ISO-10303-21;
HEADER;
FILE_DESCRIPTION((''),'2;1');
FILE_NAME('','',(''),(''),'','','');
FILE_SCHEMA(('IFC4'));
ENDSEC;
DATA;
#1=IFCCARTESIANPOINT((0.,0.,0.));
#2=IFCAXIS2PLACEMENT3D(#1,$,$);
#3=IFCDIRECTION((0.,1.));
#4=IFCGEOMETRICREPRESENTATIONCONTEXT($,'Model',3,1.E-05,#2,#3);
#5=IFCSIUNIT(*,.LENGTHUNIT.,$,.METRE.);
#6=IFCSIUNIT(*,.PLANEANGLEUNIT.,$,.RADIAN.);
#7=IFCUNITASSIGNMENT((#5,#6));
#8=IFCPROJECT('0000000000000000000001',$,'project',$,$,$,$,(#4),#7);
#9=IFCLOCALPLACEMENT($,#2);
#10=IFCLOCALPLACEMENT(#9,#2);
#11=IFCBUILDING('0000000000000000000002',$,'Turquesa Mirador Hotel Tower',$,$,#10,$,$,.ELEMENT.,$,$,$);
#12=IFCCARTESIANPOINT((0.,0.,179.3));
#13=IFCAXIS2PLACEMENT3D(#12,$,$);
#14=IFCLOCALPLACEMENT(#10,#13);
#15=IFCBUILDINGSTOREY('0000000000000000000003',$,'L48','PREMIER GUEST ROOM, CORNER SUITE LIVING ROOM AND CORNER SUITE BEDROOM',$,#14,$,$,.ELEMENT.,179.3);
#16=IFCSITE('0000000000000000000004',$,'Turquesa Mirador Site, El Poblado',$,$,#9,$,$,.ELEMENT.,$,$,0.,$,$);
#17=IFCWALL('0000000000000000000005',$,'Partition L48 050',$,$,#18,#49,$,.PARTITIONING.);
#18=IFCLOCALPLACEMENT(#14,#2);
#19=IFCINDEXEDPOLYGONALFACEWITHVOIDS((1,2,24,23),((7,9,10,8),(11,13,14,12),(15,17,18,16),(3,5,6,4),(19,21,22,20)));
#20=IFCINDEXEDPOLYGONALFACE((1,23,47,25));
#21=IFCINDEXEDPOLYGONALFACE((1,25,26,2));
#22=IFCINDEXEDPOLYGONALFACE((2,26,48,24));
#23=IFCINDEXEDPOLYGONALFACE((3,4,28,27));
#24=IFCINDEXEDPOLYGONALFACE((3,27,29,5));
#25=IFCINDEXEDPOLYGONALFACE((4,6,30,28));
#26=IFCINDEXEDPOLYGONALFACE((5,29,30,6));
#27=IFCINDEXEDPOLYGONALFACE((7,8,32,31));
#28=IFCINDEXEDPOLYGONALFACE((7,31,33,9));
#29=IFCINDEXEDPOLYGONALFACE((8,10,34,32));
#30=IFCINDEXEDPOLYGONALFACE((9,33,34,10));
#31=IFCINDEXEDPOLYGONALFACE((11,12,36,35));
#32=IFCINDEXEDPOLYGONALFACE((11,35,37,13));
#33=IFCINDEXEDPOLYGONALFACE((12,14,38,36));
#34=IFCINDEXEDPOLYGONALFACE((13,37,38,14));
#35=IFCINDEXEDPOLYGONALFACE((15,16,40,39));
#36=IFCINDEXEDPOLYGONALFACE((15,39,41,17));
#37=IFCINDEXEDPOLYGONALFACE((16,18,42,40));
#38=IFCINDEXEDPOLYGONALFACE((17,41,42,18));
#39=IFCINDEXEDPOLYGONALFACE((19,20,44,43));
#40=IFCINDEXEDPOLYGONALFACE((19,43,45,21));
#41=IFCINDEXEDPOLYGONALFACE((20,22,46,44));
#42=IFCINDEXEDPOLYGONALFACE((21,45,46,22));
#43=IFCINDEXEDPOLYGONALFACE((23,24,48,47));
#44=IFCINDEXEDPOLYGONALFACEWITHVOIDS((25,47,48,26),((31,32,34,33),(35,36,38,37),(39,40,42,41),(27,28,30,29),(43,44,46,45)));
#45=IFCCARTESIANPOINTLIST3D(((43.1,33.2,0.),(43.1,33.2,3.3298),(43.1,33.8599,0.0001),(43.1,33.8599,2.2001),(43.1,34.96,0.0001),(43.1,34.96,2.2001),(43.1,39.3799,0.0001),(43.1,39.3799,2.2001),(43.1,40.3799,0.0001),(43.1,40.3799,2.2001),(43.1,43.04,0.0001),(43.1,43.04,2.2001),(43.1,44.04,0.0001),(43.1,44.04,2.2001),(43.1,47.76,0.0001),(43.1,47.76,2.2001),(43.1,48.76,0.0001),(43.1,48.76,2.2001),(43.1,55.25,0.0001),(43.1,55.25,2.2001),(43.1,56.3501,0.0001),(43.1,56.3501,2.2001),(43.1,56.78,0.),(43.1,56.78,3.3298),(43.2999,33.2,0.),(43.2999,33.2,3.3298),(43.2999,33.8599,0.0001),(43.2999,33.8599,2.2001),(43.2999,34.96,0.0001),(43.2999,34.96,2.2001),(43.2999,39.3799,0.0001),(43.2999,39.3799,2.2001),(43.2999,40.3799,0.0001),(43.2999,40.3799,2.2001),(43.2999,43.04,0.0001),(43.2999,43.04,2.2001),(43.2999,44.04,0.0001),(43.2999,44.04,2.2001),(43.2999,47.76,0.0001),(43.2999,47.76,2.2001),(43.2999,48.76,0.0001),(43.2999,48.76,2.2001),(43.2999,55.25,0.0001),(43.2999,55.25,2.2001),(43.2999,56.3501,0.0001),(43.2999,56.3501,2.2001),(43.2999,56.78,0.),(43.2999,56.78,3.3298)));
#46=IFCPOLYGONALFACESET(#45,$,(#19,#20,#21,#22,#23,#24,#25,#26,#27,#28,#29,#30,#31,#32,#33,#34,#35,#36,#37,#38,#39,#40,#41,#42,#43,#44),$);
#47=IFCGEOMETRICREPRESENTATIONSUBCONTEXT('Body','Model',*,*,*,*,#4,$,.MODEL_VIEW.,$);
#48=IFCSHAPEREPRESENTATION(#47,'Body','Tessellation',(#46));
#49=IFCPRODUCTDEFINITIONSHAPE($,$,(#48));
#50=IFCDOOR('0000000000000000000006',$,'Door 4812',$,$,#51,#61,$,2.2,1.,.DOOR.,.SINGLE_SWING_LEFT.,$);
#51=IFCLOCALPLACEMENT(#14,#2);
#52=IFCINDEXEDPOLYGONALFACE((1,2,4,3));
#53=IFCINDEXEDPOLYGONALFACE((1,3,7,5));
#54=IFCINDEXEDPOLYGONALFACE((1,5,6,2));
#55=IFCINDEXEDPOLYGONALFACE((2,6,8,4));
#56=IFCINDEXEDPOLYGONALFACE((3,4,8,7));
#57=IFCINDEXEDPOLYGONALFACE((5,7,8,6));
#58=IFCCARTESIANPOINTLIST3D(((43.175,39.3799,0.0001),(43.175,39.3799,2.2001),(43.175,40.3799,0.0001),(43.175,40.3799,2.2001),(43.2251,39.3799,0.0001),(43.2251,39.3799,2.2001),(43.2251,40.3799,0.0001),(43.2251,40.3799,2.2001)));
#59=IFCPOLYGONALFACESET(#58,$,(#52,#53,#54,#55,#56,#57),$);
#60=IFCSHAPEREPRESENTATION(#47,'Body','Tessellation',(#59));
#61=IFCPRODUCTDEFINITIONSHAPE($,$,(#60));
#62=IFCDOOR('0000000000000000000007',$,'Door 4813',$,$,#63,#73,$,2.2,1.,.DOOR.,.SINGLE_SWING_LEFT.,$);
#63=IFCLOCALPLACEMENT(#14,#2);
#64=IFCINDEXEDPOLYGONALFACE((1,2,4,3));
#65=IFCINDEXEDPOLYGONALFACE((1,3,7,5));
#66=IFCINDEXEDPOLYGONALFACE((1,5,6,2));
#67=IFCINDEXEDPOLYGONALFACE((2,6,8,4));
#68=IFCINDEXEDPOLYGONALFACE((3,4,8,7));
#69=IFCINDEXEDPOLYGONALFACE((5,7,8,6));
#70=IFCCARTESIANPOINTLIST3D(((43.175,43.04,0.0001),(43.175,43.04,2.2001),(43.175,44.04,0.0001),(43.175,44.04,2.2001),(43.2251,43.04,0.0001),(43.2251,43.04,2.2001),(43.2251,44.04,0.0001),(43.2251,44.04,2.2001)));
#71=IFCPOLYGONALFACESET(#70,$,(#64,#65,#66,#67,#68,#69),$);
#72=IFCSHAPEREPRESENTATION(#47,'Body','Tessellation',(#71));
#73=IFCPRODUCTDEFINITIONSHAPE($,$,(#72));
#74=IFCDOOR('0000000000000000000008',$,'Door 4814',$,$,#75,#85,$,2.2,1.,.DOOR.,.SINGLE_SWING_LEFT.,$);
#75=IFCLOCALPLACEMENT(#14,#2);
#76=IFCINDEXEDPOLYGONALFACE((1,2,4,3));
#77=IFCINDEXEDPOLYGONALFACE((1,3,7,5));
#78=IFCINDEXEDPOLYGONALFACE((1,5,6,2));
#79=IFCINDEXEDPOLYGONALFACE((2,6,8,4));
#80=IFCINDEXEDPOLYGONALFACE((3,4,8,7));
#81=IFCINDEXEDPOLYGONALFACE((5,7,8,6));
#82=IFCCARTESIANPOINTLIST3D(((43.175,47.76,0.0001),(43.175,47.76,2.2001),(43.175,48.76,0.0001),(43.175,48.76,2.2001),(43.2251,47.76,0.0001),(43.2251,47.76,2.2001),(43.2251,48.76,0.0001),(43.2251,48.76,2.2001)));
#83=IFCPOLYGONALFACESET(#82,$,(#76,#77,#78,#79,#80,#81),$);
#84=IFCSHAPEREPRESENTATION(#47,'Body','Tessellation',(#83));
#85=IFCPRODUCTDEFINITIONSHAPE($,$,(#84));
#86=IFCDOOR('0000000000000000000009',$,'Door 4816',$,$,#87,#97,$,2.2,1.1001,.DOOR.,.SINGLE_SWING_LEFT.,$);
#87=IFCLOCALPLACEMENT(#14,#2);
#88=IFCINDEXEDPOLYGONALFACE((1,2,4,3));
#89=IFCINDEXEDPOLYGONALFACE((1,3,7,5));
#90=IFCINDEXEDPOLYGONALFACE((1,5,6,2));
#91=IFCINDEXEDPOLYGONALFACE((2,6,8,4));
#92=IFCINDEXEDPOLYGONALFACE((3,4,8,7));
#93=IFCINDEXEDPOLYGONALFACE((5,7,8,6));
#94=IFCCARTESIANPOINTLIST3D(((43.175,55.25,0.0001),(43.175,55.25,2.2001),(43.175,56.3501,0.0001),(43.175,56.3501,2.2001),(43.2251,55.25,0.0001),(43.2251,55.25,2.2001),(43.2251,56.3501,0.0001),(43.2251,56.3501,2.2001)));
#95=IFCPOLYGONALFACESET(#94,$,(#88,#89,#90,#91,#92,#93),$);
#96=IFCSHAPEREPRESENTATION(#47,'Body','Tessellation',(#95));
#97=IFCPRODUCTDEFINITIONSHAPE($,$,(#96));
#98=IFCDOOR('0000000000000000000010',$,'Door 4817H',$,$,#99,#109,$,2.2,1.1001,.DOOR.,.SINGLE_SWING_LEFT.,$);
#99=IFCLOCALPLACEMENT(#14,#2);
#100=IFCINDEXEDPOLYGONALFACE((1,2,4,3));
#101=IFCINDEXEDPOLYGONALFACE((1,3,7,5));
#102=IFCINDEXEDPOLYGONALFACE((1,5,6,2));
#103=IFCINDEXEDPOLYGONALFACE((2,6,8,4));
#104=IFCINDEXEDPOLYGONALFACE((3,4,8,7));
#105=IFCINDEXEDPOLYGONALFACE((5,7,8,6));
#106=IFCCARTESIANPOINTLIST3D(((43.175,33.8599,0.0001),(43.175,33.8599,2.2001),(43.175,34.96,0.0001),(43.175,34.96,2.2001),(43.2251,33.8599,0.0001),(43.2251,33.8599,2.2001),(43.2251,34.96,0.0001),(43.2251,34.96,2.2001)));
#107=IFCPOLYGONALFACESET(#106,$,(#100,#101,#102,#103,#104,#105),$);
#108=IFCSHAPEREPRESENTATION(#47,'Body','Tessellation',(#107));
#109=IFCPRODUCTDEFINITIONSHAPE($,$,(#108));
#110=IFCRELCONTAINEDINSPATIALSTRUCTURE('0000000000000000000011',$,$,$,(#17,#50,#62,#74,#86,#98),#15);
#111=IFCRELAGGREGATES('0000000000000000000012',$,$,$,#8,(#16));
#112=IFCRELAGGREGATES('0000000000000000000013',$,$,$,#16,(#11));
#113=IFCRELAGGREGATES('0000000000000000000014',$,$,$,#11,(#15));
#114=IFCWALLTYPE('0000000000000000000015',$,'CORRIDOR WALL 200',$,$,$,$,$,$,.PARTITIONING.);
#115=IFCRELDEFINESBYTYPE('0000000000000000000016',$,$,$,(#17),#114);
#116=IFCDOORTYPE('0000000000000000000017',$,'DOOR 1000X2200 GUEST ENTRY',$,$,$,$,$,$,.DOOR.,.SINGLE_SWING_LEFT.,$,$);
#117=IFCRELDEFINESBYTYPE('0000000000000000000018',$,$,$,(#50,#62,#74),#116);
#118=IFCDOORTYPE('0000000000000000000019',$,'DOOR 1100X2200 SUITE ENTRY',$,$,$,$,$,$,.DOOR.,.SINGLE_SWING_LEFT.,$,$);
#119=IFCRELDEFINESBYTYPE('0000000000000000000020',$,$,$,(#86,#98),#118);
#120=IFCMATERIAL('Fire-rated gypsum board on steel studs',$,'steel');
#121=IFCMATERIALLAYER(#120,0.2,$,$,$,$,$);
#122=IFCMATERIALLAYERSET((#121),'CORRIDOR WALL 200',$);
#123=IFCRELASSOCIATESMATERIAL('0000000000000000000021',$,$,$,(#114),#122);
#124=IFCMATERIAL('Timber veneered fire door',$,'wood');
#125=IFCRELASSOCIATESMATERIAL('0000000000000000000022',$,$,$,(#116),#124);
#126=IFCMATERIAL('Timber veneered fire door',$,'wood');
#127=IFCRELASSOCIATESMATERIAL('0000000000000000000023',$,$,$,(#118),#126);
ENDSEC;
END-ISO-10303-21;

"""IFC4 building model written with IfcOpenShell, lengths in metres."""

from ifc_helpers import new_model, si_unit, direction, frame, frame_2d, origin, place, context, subcontext, project, spatial, rectangle, extrude, material, layer, layer_set, type_object, element, fill, save


model = new_model("IFC4")

# Units and contexts
model_context = context("Model", 3, precision=1e-05, world=origin(), true_north=direction((0.0, 1.0)))
body_context = subcontext(model_context, "Body", "Model", "MODEL_VIEW")
ifc_project = project(units=[si_unit("LENGTHUNIT", "METRE"), si_unit("PLANEANGLEUNIT", "RADIAN")], contexts=[model_context])

# Site, building, storey
site_placement = place(None, origin())
site = spatial("IfcSite", under=ifc_project, at=site_placement, Name="Turquesa Mirador Site, El Poblado", CompositionType="ELEMENT", RefElevation=0.0)
building_placement = place(site_placement, origin())
building = spatial("IfcBuilding", under=site, at=building_placement, Name="Turquesa Mirador Hotel Tower", CompositionType="ELEMENT")
storey_placement = place(building_placement, frame((0.0, 0.0, 179.3)))
storey = spatial("IfcBuildingStorey", under=building, at=storey_placement, Name="L48", Description="PREMIER GUEST ROOM, CORNER SUITE LIVING ROOM AND CORNER SUITE BEDROOM", CompositionType="ELEMENT", Elevation=179.3)

# Wall, openings, doors
ifc_material_1 = material(Name="Fire-rated gypsum board on steel studs", Category="steel")
ifc_layer_1 = layer(ifc_material_1, 0.2)
ifc_layer_set_1 = layer_set([ifc_layer_1], Name="CORRIDOR WALL 200")
wall_type_1 = type_object("IfcWallType", Name="CORRIDOR WALL 200", PredefinedType="PARTITIONING", material=ifc_layer_set_1)
ifc_material_2 = material(Name="Timber veneered fire door", Category="wood")
door_type_1 = type_object("IfcDoorType", Name="DOOR 1000X2200 GUEST ENTRY", OperationType="SINGLE_SWING_LEFT", PredefinedType="DOOR", material=ifc_material_2)
wall_1_placement = place(storey_placement, frame((43.2, 33.2, 0.0), z_axis=(0.0, 0.0, 1.0), x_axis=(0.0, 1.0, 0.0)))
wall_1 = element("IfcWall", 1, at=wall_1_placement, inside=storey, type_object=wall_type_1, Name="Partition L48 050", PredefinedType="PARTITIONING", context=body_context, shape_type="SweptSolid", body=[
    extrude(rectangle(XDim=23.5801, YDim=0.2, at=frame_2d((11.79, 0.0))), origin(), (0.0, 0.0, 1.0), 3.3298),
])
opening_1_placement = place(wall_1_placement, frame((6.1799, 0.0, 0.0)))
opening_1 = element("IfcOpeningElement", 2, at=opening_1_placement, cuts=wall_1, PredefinedType="OPENING", context=body_context, shape_type="SweptSolid", body=[
    extrude(rectangle(XDim=1.0, YDim=2.2, at=frame_2d((0.5, 1.1001))), frame((0.0, 0.1099, 0.0), z_axis=(0.0, -1.0, 0.0), x_axis=(1.0, 0.0, 0.0)), (0.0, 0.0, 1.0), 0.22),
])
opening_2_placement = place(wall_1_placement, frame((9.8401, 0.0, 0.0)))
opening_2 = element("IfcOpeningElement", 3, at=opening_2_placement, cuts=wall_1, PredefinedType="OPENING", context=body_context, shape_type="SweptSolid", body=[
    extrude(rectangle(XDim=1.0, YDim=2.2, at=frame_2d((0.5, 1.1001))), frame((0.0, 0.1099, 0.0), z_axis=(0.0, -1.0, 0.0), x_axis=(1.0, 0.0, 0.0)), (0.0, 0.0, 1.0), 0.22),
])
opening_3_placement = place(wall_1_placement, frame((14.5601, 0.0, 0.0)))
opening_3 = element("IfcOpeningElement", 4, at=opening_3_placement, cuts=wall_1, PredefinedType="OPENING", context=body_context, shape_type="SweptSolid", body=[
    extrude(rectangle(XDim=1.0, YDim=2.2, at=frame_2d((0.5, 1.1001))), frame((0.0, 0.1099, 0.0), z_axis=(0.0, -1.0, 0.0), x_axis=(1.0, 0.0, 0.0)), (0.0, 0.0, 1.0), 0.22),
])
opening_4_placement = place(wall_1_placement, frame((22.05, 0.0, 0.0)))
opening_4 = element("IfcOpeningElement", 5, at=opening_4_placement, cuts=wall_1, PredefinedType="OPENING", context=body_context, shape_type="SweptSolid", body=[
    extrude(rectangle(XDim=1.1001, YDim=2.2, at=frame_2d((0.55, 1.1001))), frame((0.0, 0.1099, 0.0), z_axis=(0.0, -1.0, 0.0), x_axis=(1.0, 0.0, 0.0)), (0.0, 0.0, 1.0), 0.22),
])
opening_5_placement = place(wall_1_placement, frame((0.6599, 0.0, 0.0)))
opening_5 = element("IfcOpeningElement", 6, at=opening_5_placement, cuts=wall_1, PredefinedType="OPENING", context=body_context, shape_type="SweptSolid", body=[
    extrude(rectangle(XDim=1.1001, YDim=2.2, at=frame_2d((0.55, 1.1001))), frame((0.0, 0.1099, 0.0), z_axis=(0.0, -1.0, 0.0), x_axis=(1.0, 0.0, 0.0)), (0.0, 0.0, 1.0), 0.22),
])
door_1_placement = place(opening_1_placement, origin())
door_1 = element("IfcDoor", 7, at=door_1_placement, inside=storey, type_object=door_type_1, Name="Door 4812", OperationType="SINGLE_SWING_LEFT", OverallHeight=2.2, OverallWidth=1.0, PredefinedType="DOOR", context=body_context, shape_type="SweptSolid", body=[
    extrude(rectangle(XDim=1.0, YDim=2.2, at=frame_2d((0.5, 1.1001))), frame((0.0, 0.0249, 0.0), z_axis=(0.0, -1.0, 0.0), x_axis=(1.0, 0.0, 0.0)), (0.0, 0.0, 1.0), 0.05),
])
fill(opening_1, door_1)
door_2_placement = place(opening_2_placement, origin())
door_2 = element("IfcDoor", 8, at=door_2_placement, inside=storey, type_object=door_type_1, Name="Door 4813", OperationType="SINGLE_SWING_LEFT", OverallHeight=2.2, OverallWidth=1.0, PredefinedType="DOOR", context=body_context, shape_type="SweptSolid", body=[
    extrude(rectangle(XDim=1.0, YDim=2.2, at=frame_2d((0.5, 1.1001))), frame((0.0, 0.0249, 0.0), z_axis=(0.0, -1.0, 0.0), x_axis=(1.0, 0.0, 0.0)), (0.0, 0.0, 1.0), 0.05),
])
fill(opening_2, door_2)
door_3_placement = place(opening_3_placement, origin())
door_3 = element("IfcDoor", 9, at=door_3_placement, inside=storey, type_object=door_type_1, Name="Door 4814", OperationType="SINGLE_SWING_LEFT", OverallHeight=2.2, OverallWidth=1.0, PredefinedType="DOOR", context=body_context, shape_type="SweptSolid", body=[
    extrude(rectangle(XDim=1.0, YDim=2.2, at=frame_2d((0.5, 1.1001))), frame((0.0, 0.0249, 0.0), z_axis=(0.0, -1.0, 0.0), x_axis=(1.0, 0.0, 0.0)), (0.0, 0.0, 1.0), 0.05),
])
fill(opening_3, door_3)
ifc_material_3 = material(Name="Timber veneered fire door", Category="wood")
door_type_2 = type_object("IfcDoorType", Name="DOOR 1100X2200 SUITE ENTRY", OperationType="SINGLE_SWING_LEFT", PredefinedType="DOOR", material=ifc_material_3)
door_4_placement = place(opening_4_placement, origin())
door_4 = element("IfcDoor", 10, at=door_4_placement, inside=storey, type_object=door_type_2, Name="Door 4816", OperationType="SINGLE_SWING_LEFT", OverallHeight=2.2, OverallWidth=1.1001, PredefinedType="DOOR", context=body_context, shape_type="SweptSolid", body=[
    extrude(rectangle(XDim=1.1001, YDim=2.2, at=frame_2d((0.55, 1.1001))), frame((0.0, 0.0249, 0.0), z_axis=(0.0, -1.0, 0.0), x_axis=(1.0, 0.0, 0.0)), (0.0, 0.0, 1.0), 0.05),
])
fill(opening_4, door_4)
door_5_placement = place(opening_5_placement, origin())
door_5 = element("IfcDoor", 11, at=door_5_placement, inside=storey, type_object=door_type_2, Name="Door 4817H", OperationType="SINGLE_SWING_LEFT", OverallHeight=2.2, OverallWidth=1.1001, PredefinedType="DOOR", context=body_context, shape_type="SweptSolid", body=[
    extrude(rectangle(XDim=1.1001, YDim=2.2, at=frame_2d((0.55, 1.1001))), frame((0.0, 0.0249, 0.0), z_axis=(0.0, -1.0, 0.0), x_axis=(1.0, 0.0, 0.0)), (0.0, 0.0, 1.0), 0.05),
])
fill(opening_5, door_5)

save(model, "model.ifc")
